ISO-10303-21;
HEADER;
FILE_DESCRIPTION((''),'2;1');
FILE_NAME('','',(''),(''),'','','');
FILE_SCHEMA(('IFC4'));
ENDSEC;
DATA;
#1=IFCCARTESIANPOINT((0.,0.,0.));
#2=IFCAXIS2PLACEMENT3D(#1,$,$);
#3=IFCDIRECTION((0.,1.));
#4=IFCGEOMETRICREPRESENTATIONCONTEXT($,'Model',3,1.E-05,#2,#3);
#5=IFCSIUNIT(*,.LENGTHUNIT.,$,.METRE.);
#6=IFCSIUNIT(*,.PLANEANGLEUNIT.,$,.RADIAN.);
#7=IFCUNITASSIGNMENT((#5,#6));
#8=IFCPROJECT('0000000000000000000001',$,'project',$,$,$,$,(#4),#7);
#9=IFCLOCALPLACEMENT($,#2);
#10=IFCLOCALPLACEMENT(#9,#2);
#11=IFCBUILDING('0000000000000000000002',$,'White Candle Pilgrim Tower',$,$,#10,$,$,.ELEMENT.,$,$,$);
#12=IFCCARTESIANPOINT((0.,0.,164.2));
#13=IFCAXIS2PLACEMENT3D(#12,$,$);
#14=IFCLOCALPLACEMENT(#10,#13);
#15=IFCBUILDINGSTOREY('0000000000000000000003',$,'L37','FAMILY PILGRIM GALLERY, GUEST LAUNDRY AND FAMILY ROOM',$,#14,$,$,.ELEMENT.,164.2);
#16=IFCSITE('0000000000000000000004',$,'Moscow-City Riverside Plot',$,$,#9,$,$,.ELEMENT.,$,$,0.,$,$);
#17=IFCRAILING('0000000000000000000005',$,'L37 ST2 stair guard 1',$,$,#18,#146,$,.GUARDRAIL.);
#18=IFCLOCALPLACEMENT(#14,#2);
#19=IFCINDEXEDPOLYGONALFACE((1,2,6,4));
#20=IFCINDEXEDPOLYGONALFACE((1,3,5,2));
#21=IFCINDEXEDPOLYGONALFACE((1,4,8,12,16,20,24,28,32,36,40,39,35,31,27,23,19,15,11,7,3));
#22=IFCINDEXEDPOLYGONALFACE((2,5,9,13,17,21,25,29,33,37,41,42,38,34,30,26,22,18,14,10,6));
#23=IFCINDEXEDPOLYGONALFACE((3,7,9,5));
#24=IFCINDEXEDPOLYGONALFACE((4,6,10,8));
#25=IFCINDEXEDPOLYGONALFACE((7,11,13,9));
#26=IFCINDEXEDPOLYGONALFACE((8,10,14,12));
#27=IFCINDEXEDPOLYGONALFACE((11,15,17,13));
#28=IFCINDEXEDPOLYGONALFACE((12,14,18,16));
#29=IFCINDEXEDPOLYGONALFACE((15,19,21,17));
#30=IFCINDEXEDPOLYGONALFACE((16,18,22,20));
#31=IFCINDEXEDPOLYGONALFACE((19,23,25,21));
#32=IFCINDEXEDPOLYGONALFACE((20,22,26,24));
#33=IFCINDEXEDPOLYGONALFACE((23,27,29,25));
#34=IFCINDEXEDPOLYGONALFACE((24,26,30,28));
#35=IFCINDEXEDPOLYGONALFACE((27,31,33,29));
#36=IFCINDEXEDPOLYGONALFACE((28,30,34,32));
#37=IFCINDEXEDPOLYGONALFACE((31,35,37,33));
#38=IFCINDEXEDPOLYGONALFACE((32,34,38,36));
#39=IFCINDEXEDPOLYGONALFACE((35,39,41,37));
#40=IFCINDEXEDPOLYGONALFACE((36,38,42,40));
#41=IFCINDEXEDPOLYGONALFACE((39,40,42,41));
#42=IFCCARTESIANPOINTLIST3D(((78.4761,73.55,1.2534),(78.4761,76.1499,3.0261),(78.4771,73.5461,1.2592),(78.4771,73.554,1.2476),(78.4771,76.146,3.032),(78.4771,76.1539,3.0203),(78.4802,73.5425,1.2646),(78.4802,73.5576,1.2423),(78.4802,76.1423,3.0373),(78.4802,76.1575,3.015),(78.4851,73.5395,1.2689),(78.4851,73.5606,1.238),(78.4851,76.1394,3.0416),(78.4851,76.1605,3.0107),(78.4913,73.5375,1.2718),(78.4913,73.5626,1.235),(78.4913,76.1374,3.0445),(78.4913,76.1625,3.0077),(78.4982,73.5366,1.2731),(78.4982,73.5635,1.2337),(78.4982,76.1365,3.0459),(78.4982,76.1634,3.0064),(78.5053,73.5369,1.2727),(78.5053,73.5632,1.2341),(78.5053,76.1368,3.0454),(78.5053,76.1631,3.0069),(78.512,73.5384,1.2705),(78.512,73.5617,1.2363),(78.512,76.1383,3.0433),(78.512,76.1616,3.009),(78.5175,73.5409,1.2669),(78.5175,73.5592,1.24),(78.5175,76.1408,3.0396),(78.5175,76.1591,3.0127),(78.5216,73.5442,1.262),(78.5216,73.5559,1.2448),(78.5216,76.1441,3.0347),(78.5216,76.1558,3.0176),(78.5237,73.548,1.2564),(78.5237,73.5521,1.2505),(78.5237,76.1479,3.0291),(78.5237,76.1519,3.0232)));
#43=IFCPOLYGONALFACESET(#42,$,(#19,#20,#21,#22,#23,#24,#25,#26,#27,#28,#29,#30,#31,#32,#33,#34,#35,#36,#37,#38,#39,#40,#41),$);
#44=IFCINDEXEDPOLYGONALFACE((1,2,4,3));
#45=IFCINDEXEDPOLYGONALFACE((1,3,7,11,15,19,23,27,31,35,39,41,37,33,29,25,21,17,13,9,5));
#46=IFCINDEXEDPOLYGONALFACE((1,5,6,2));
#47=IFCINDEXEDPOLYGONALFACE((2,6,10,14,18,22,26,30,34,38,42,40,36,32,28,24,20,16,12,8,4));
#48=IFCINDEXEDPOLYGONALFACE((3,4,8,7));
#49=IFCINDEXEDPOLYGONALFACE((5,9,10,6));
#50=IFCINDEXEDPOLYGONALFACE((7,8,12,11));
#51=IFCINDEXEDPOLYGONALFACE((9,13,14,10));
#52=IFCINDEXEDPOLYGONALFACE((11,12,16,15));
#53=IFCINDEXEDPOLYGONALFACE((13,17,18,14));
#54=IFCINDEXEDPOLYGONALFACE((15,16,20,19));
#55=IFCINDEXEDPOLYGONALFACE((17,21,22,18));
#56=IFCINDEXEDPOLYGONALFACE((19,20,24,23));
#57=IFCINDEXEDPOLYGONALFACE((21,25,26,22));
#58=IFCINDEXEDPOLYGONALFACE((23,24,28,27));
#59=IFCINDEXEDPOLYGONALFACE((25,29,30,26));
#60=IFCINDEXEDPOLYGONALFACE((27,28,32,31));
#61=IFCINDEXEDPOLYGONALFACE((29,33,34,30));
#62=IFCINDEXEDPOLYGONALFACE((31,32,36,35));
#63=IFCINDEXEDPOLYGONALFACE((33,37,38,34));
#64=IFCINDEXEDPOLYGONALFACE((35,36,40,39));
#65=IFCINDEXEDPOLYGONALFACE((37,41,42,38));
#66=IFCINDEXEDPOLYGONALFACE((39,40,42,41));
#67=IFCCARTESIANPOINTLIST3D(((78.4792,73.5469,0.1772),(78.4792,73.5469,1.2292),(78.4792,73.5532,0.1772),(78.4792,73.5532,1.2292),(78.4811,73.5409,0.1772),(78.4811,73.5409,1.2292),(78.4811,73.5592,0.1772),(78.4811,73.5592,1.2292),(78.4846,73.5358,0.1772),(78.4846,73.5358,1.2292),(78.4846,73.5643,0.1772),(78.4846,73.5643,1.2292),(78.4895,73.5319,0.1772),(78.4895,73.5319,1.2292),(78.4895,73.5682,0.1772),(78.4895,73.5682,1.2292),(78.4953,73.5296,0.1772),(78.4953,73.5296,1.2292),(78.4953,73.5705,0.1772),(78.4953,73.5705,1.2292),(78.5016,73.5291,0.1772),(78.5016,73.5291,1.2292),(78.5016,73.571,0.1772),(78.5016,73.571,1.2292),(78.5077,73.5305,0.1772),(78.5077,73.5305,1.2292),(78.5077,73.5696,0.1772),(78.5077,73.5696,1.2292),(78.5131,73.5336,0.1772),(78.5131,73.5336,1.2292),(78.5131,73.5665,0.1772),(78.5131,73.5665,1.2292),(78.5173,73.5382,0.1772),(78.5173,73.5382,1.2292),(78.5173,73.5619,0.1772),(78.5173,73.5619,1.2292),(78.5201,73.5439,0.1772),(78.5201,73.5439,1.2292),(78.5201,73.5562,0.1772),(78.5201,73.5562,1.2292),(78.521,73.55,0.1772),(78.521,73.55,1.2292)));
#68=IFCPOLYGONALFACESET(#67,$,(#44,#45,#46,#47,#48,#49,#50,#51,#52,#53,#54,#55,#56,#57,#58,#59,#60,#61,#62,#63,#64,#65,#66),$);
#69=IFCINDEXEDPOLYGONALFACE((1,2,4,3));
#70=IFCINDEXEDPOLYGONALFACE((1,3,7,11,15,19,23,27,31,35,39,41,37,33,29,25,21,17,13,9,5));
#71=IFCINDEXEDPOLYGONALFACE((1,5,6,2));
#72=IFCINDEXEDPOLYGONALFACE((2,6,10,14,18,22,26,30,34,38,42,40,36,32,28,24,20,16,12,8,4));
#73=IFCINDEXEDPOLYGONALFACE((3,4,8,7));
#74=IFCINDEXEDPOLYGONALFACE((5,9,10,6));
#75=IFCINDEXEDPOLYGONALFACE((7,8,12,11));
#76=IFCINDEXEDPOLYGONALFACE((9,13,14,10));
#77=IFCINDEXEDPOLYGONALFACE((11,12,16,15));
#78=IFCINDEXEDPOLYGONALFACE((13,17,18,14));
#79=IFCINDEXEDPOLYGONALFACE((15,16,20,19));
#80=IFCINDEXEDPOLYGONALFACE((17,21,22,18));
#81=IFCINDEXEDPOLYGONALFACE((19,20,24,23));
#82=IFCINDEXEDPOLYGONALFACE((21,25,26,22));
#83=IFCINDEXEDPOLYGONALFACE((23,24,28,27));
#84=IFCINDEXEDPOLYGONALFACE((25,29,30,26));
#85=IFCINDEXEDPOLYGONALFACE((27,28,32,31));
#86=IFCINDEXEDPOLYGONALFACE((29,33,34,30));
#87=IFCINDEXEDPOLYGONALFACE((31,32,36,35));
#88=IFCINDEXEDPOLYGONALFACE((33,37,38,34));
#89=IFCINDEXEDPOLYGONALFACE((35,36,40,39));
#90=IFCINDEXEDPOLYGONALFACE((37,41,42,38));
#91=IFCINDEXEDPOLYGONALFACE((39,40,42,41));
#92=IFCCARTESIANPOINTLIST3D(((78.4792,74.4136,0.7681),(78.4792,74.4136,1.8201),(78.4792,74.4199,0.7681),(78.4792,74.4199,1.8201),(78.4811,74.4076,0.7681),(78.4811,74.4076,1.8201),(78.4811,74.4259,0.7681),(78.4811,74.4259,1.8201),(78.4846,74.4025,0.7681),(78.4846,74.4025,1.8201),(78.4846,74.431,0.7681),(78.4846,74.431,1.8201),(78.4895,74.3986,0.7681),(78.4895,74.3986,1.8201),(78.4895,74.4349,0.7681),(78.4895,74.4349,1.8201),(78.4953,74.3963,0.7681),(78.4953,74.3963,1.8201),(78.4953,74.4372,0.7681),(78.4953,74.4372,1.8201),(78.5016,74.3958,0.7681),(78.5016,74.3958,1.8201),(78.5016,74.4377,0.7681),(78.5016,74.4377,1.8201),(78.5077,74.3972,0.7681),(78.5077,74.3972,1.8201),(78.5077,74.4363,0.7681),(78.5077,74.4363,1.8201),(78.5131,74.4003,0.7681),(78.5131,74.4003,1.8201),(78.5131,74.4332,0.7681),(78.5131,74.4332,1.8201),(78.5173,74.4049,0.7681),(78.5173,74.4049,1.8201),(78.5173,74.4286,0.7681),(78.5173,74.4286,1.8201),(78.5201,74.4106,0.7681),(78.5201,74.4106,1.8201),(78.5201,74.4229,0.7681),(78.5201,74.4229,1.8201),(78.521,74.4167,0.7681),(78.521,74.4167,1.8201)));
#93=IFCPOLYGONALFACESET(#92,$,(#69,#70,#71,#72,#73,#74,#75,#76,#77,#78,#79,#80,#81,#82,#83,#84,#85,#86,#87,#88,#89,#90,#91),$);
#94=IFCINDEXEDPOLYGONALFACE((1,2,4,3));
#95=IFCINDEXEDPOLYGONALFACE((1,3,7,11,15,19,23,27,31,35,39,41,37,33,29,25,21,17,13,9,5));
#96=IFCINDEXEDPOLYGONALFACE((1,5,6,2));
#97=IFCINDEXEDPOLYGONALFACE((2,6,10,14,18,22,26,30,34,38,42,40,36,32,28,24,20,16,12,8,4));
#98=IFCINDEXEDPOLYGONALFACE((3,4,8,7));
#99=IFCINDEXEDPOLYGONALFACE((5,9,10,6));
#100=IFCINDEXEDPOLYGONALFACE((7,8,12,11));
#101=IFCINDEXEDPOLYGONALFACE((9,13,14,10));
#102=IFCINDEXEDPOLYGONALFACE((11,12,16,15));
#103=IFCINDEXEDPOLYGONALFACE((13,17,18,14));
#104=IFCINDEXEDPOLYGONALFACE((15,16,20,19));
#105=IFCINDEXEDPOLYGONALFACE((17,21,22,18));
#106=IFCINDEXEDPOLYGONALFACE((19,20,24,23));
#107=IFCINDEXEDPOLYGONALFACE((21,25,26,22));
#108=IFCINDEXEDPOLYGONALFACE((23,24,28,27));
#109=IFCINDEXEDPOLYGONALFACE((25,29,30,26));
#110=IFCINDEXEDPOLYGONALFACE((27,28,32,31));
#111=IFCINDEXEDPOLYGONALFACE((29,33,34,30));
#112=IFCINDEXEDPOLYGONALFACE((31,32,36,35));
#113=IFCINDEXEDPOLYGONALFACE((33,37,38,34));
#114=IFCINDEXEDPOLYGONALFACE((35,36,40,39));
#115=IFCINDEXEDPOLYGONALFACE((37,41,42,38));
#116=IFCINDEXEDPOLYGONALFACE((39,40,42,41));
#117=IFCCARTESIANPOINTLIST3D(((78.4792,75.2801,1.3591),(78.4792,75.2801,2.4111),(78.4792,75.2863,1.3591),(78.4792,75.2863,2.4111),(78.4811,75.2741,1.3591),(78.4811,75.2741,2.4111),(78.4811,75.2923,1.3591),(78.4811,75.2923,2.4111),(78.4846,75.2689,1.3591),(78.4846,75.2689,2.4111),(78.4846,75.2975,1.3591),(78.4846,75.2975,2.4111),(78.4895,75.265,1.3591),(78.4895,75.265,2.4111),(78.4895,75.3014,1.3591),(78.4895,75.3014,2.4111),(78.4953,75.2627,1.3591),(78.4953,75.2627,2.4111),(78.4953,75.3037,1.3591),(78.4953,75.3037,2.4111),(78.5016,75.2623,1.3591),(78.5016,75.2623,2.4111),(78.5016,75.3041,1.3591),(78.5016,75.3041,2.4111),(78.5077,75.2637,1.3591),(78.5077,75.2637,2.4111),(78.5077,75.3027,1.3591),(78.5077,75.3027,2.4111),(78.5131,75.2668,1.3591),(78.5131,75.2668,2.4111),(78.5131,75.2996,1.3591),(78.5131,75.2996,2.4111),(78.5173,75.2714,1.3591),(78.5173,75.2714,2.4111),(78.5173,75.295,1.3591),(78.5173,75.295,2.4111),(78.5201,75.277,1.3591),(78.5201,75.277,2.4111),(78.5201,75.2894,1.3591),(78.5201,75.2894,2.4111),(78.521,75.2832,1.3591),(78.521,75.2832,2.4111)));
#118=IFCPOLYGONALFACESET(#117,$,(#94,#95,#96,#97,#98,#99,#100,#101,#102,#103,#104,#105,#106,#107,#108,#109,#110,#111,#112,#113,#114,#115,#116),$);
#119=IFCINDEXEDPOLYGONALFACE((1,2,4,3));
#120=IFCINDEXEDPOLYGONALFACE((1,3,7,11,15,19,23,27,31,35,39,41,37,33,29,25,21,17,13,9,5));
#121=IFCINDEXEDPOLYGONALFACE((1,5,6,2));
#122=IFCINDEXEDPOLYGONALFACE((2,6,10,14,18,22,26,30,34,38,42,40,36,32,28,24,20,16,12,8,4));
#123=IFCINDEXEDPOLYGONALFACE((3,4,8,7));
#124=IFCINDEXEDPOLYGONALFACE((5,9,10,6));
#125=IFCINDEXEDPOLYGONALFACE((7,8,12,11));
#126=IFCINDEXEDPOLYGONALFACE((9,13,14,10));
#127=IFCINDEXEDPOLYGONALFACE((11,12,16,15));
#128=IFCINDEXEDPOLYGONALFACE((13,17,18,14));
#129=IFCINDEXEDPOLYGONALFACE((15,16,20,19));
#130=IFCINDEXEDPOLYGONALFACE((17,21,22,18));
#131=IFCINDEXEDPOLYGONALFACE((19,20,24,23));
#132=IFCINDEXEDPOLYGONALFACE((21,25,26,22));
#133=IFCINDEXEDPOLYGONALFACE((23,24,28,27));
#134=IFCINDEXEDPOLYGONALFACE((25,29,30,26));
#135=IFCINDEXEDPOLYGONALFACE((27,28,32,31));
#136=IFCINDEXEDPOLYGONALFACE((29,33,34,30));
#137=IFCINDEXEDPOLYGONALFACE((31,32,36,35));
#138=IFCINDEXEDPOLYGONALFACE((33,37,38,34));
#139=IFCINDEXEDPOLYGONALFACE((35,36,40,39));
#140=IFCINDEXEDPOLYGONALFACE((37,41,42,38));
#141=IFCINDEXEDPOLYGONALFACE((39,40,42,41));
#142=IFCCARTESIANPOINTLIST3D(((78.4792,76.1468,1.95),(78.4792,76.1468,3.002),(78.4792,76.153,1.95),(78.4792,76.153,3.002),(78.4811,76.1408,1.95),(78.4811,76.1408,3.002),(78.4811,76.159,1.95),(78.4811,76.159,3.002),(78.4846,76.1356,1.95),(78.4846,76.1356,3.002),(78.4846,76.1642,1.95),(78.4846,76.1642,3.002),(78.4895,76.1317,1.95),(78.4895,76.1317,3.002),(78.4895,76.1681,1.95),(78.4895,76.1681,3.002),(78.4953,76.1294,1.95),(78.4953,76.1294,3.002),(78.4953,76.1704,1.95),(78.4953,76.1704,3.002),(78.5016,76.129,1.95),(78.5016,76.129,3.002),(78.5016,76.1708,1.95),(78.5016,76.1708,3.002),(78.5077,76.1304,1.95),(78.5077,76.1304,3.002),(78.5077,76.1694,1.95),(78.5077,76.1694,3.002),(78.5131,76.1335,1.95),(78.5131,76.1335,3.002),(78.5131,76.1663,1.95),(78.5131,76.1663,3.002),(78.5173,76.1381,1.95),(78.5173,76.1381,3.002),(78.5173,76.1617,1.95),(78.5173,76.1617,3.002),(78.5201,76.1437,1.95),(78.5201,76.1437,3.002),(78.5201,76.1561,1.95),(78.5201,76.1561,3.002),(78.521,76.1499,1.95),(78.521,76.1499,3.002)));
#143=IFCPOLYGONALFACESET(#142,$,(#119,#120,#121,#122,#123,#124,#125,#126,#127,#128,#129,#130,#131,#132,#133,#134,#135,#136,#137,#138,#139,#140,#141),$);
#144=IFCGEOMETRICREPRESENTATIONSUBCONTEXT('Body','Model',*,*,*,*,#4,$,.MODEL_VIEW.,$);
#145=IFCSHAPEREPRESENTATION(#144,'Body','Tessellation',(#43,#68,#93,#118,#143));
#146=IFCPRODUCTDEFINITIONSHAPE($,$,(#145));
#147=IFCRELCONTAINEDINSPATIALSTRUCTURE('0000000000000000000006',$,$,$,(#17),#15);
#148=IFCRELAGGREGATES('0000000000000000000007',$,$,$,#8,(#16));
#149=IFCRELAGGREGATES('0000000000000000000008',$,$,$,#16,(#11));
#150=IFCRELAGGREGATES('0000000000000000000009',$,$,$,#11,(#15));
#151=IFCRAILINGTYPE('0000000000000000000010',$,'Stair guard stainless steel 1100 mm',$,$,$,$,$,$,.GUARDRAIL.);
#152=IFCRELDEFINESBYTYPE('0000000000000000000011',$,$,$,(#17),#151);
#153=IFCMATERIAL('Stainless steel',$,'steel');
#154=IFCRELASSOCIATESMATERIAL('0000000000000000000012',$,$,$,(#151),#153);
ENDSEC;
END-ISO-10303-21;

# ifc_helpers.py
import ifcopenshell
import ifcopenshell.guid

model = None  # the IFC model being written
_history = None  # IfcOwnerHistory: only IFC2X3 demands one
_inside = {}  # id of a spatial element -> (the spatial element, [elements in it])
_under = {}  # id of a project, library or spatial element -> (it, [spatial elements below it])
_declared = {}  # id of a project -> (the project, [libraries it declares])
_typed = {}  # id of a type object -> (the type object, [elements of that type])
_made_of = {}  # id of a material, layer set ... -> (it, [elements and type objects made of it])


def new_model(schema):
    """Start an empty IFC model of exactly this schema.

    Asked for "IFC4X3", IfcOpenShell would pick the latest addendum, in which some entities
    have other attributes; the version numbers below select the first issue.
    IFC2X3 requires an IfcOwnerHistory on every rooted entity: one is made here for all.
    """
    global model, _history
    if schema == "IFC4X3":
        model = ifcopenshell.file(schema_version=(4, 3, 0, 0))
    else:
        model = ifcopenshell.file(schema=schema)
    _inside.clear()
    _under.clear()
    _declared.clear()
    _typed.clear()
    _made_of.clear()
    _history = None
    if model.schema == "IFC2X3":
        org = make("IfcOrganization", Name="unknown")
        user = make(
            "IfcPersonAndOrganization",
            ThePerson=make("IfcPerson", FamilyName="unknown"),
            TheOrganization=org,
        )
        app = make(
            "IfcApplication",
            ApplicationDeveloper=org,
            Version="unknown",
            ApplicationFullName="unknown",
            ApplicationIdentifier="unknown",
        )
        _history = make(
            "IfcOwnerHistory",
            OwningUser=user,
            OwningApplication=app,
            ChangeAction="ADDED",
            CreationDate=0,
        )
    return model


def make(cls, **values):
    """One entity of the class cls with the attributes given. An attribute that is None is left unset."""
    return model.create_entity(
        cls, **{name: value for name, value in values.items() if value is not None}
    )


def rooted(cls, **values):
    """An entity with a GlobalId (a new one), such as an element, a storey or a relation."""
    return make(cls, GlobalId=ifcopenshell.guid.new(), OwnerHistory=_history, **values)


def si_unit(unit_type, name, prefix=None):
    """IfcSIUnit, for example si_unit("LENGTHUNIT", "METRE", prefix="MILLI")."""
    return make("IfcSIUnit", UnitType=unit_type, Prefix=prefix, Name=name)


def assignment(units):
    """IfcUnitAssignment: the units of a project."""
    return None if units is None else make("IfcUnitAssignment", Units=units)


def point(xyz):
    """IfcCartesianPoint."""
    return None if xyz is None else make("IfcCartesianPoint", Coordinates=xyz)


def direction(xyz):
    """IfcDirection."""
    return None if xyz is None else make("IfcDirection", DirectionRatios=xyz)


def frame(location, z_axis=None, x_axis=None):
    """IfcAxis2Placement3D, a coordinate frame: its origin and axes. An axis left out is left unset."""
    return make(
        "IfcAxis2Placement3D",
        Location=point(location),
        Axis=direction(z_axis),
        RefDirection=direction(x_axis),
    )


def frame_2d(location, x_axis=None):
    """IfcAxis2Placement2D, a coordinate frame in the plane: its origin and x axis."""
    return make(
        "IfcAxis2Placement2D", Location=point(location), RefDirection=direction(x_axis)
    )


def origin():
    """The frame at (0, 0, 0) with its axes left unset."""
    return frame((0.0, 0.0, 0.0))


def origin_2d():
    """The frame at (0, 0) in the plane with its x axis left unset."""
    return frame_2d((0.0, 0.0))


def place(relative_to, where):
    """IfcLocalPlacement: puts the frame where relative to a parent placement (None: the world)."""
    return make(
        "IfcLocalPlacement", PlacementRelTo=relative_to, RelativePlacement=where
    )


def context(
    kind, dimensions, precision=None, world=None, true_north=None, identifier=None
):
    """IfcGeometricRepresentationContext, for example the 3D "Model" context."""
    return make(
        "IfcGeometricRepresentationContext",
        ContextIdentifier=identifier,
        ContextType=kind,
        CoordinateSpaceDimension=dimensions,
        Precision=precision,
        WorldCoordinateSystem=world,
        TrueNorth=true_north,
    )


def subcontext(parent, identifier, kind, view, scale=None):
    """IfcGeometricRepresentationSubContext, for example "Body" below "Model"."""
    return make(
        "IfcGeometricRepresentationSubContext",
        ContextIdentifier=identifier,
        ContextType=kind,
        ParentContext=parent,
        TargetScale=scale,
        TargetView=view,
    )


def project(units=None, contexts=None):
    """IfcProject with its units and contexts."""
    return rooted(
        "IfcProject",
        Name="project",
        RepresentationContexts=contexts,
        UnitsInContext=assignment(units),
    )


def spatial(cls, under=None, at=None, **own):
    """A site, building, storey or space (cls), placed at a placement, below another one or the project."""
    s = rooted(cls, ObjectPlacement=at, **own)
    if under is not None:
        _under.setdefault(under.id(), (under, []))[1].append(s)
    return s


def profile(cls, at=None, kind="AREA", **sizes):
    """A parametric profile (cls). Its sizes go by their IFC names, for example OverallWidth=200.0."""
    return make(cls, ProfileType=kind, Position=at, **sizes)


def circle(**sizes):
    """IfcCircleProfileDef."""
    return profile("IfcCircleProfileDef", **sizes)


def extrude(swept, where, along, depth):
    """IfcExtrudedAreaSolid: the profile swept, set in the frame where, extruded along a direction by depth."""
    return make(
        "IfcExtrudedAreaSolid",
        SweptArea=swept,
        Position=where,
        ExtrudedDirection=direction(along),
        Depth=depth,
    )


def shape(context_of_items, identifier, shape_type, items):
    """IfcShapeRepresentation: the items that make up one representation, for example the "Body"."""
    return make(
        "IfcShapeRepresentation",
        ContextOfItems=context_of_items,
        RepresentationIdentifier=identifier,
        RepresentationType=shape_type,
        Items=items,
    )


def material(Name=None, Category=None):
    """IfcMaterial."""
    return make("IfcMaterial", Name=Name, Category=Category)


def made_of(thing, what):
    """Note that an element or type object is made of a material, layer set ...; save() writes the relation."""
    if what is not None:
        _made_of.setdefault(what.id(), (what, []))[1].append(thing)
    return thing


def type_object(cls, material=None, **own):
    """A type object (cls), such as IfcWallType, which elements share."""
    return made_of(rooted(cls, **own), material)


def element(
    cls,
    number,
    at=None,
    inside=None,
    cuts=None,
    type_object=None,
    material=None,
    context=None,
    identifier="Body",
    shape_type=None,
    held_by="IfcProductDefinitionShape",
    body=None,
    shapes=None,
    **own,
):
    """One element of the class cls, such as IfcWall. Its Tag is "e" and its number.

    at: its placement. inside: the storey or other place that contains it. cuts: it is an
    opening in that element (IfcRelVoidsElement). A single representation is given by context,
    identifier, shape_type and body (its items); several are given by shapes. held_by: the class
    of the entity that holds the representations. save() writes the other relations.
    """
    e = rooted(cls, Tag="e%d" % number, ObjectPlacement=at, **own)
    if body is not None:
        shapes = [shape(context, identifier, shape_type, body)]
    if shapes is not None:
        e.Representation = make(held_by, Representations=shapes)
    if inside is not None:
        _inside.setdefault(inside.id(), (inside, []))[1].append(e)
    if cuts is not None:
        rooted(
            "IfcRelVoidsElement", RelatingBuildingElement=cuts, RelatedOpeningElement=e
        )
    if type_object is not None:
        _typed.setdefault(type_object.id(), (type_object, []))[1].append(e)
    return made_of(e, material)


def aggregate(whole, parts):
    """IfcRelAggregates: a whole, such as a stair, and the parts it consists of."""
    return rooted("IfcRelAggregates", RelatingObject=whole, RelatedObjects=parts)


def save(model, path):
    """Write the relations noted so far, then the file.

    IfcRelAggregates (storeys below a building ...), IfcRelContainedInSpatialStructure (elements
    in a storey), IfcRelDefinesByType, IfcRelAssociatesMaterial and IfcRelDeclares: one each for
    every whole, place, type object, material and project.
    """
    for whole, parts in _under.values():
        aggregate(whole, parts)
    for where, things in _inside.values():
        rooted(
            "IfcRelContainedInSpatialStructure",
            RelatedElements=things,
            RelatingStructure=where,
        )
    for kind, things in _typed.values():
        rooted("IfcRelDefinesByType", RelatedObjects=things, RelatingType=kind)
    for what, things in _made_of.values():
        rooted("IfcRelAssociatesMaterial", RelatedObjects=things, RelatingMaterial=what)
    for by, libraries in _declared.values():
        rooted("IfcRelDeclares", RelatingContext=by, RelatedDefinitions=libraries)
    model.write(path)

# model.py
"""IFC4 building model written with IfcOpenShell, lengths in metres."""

from ifc_helpers import new_model, si_unit, direction, frame, origin, origin_2d, place, context, subcontext, project, spatial, circle, extrude, material, type_object, element, save


model = new_model("IFC4")

# Units and contexts
model_context = context("Model", 3, precision=1e-05, world=origin(), true_north=direction((0.0, 1.0)))
body_context = subcontext(model_context, "Body", "Model", "MODEL_VIEW")
ifc_project = project(units=[si_unit("LENGTHUNIT", "METRE"), si_unit("PLANEANGLEUNIT", "RADIAN")], contexts=[model_context])

# Site, building, storey
site_placement = place(None, origin())
site = spatial("IfcSite", under=ifc_project, at=site_placement, Name="Moscow-City Riverside Plot", CompositionType="ELEMENT", RefElevation=0.0)
building_placement = place(site_placement, origin())
building = spatial("IfcBuilding", under=site, at=building_placement, Name="White Candle Pilgrim Tower", CompositionType="ELEMENT")
storey_placement = place(building_placement, frame((0.0, 0.0, 164.2)))
storey = spatial("IfcBuildingStorey", under=building, at=storey_placement, Name="L37", Description="FAMILY PILGRIM GALLERY, GUEST LAUNDRY AND FAMILY ROOM", CompositionType="ELEMENT", Elevation=164.2)

# Railing
ifc_material_1 = material(Name="Stainless steel", Category="steel")
railing_type_1 = type_object("IfcRailingType", Name="Stair guard stainless steel 1100 mm", PredefinedType="GUARDRAIL", material=ifc_material_1)
railing_1_placement = place(storey_placement, frame((78.5, 73.55, 0.1772)))
element("IfcRailing", 1, at=railing_1_placement, inside=storey, type_object=railing_type_1, Name="L37 ST2 stair guard 1", PredefinedType="GUARDRAIL", context=body_context, shape_type="SweptSolid", body=[
    extrude(circle(Radius=0.0239, at=origin_2d()), frame((0.0, 0.0, 1.0762), z_axis=(0.0, 0.826216, 0.563354), x_axis=(-1.0, 0.0, 0.0)), (0.0, 0.0, 1.0), 3.1467),
    extrude(circle(Radius=0.021, at=origin_2d()), origin(), (0.0, 0.0, 1.0), 1.052),
    extrude(circle(Radius=0.021, at=origin_2d()), frame((0.0, 0.8667, 0.5908)), (0.0, 0.0, 1.0), 1.052),
    extrude(circle(Radius=0.021, at=origin_2d()), frame((0.0, 1.7332, 1.1819)), (0.0, 0.0, 1.0), 1.052),
    extrude(circle(Radius=0.021, at=origin_2d()), frame((0.0, 2.5999, 1.7727)), (0.0, 0.0, 1.0), 1.052),
])

save(model, "model.ifc")
